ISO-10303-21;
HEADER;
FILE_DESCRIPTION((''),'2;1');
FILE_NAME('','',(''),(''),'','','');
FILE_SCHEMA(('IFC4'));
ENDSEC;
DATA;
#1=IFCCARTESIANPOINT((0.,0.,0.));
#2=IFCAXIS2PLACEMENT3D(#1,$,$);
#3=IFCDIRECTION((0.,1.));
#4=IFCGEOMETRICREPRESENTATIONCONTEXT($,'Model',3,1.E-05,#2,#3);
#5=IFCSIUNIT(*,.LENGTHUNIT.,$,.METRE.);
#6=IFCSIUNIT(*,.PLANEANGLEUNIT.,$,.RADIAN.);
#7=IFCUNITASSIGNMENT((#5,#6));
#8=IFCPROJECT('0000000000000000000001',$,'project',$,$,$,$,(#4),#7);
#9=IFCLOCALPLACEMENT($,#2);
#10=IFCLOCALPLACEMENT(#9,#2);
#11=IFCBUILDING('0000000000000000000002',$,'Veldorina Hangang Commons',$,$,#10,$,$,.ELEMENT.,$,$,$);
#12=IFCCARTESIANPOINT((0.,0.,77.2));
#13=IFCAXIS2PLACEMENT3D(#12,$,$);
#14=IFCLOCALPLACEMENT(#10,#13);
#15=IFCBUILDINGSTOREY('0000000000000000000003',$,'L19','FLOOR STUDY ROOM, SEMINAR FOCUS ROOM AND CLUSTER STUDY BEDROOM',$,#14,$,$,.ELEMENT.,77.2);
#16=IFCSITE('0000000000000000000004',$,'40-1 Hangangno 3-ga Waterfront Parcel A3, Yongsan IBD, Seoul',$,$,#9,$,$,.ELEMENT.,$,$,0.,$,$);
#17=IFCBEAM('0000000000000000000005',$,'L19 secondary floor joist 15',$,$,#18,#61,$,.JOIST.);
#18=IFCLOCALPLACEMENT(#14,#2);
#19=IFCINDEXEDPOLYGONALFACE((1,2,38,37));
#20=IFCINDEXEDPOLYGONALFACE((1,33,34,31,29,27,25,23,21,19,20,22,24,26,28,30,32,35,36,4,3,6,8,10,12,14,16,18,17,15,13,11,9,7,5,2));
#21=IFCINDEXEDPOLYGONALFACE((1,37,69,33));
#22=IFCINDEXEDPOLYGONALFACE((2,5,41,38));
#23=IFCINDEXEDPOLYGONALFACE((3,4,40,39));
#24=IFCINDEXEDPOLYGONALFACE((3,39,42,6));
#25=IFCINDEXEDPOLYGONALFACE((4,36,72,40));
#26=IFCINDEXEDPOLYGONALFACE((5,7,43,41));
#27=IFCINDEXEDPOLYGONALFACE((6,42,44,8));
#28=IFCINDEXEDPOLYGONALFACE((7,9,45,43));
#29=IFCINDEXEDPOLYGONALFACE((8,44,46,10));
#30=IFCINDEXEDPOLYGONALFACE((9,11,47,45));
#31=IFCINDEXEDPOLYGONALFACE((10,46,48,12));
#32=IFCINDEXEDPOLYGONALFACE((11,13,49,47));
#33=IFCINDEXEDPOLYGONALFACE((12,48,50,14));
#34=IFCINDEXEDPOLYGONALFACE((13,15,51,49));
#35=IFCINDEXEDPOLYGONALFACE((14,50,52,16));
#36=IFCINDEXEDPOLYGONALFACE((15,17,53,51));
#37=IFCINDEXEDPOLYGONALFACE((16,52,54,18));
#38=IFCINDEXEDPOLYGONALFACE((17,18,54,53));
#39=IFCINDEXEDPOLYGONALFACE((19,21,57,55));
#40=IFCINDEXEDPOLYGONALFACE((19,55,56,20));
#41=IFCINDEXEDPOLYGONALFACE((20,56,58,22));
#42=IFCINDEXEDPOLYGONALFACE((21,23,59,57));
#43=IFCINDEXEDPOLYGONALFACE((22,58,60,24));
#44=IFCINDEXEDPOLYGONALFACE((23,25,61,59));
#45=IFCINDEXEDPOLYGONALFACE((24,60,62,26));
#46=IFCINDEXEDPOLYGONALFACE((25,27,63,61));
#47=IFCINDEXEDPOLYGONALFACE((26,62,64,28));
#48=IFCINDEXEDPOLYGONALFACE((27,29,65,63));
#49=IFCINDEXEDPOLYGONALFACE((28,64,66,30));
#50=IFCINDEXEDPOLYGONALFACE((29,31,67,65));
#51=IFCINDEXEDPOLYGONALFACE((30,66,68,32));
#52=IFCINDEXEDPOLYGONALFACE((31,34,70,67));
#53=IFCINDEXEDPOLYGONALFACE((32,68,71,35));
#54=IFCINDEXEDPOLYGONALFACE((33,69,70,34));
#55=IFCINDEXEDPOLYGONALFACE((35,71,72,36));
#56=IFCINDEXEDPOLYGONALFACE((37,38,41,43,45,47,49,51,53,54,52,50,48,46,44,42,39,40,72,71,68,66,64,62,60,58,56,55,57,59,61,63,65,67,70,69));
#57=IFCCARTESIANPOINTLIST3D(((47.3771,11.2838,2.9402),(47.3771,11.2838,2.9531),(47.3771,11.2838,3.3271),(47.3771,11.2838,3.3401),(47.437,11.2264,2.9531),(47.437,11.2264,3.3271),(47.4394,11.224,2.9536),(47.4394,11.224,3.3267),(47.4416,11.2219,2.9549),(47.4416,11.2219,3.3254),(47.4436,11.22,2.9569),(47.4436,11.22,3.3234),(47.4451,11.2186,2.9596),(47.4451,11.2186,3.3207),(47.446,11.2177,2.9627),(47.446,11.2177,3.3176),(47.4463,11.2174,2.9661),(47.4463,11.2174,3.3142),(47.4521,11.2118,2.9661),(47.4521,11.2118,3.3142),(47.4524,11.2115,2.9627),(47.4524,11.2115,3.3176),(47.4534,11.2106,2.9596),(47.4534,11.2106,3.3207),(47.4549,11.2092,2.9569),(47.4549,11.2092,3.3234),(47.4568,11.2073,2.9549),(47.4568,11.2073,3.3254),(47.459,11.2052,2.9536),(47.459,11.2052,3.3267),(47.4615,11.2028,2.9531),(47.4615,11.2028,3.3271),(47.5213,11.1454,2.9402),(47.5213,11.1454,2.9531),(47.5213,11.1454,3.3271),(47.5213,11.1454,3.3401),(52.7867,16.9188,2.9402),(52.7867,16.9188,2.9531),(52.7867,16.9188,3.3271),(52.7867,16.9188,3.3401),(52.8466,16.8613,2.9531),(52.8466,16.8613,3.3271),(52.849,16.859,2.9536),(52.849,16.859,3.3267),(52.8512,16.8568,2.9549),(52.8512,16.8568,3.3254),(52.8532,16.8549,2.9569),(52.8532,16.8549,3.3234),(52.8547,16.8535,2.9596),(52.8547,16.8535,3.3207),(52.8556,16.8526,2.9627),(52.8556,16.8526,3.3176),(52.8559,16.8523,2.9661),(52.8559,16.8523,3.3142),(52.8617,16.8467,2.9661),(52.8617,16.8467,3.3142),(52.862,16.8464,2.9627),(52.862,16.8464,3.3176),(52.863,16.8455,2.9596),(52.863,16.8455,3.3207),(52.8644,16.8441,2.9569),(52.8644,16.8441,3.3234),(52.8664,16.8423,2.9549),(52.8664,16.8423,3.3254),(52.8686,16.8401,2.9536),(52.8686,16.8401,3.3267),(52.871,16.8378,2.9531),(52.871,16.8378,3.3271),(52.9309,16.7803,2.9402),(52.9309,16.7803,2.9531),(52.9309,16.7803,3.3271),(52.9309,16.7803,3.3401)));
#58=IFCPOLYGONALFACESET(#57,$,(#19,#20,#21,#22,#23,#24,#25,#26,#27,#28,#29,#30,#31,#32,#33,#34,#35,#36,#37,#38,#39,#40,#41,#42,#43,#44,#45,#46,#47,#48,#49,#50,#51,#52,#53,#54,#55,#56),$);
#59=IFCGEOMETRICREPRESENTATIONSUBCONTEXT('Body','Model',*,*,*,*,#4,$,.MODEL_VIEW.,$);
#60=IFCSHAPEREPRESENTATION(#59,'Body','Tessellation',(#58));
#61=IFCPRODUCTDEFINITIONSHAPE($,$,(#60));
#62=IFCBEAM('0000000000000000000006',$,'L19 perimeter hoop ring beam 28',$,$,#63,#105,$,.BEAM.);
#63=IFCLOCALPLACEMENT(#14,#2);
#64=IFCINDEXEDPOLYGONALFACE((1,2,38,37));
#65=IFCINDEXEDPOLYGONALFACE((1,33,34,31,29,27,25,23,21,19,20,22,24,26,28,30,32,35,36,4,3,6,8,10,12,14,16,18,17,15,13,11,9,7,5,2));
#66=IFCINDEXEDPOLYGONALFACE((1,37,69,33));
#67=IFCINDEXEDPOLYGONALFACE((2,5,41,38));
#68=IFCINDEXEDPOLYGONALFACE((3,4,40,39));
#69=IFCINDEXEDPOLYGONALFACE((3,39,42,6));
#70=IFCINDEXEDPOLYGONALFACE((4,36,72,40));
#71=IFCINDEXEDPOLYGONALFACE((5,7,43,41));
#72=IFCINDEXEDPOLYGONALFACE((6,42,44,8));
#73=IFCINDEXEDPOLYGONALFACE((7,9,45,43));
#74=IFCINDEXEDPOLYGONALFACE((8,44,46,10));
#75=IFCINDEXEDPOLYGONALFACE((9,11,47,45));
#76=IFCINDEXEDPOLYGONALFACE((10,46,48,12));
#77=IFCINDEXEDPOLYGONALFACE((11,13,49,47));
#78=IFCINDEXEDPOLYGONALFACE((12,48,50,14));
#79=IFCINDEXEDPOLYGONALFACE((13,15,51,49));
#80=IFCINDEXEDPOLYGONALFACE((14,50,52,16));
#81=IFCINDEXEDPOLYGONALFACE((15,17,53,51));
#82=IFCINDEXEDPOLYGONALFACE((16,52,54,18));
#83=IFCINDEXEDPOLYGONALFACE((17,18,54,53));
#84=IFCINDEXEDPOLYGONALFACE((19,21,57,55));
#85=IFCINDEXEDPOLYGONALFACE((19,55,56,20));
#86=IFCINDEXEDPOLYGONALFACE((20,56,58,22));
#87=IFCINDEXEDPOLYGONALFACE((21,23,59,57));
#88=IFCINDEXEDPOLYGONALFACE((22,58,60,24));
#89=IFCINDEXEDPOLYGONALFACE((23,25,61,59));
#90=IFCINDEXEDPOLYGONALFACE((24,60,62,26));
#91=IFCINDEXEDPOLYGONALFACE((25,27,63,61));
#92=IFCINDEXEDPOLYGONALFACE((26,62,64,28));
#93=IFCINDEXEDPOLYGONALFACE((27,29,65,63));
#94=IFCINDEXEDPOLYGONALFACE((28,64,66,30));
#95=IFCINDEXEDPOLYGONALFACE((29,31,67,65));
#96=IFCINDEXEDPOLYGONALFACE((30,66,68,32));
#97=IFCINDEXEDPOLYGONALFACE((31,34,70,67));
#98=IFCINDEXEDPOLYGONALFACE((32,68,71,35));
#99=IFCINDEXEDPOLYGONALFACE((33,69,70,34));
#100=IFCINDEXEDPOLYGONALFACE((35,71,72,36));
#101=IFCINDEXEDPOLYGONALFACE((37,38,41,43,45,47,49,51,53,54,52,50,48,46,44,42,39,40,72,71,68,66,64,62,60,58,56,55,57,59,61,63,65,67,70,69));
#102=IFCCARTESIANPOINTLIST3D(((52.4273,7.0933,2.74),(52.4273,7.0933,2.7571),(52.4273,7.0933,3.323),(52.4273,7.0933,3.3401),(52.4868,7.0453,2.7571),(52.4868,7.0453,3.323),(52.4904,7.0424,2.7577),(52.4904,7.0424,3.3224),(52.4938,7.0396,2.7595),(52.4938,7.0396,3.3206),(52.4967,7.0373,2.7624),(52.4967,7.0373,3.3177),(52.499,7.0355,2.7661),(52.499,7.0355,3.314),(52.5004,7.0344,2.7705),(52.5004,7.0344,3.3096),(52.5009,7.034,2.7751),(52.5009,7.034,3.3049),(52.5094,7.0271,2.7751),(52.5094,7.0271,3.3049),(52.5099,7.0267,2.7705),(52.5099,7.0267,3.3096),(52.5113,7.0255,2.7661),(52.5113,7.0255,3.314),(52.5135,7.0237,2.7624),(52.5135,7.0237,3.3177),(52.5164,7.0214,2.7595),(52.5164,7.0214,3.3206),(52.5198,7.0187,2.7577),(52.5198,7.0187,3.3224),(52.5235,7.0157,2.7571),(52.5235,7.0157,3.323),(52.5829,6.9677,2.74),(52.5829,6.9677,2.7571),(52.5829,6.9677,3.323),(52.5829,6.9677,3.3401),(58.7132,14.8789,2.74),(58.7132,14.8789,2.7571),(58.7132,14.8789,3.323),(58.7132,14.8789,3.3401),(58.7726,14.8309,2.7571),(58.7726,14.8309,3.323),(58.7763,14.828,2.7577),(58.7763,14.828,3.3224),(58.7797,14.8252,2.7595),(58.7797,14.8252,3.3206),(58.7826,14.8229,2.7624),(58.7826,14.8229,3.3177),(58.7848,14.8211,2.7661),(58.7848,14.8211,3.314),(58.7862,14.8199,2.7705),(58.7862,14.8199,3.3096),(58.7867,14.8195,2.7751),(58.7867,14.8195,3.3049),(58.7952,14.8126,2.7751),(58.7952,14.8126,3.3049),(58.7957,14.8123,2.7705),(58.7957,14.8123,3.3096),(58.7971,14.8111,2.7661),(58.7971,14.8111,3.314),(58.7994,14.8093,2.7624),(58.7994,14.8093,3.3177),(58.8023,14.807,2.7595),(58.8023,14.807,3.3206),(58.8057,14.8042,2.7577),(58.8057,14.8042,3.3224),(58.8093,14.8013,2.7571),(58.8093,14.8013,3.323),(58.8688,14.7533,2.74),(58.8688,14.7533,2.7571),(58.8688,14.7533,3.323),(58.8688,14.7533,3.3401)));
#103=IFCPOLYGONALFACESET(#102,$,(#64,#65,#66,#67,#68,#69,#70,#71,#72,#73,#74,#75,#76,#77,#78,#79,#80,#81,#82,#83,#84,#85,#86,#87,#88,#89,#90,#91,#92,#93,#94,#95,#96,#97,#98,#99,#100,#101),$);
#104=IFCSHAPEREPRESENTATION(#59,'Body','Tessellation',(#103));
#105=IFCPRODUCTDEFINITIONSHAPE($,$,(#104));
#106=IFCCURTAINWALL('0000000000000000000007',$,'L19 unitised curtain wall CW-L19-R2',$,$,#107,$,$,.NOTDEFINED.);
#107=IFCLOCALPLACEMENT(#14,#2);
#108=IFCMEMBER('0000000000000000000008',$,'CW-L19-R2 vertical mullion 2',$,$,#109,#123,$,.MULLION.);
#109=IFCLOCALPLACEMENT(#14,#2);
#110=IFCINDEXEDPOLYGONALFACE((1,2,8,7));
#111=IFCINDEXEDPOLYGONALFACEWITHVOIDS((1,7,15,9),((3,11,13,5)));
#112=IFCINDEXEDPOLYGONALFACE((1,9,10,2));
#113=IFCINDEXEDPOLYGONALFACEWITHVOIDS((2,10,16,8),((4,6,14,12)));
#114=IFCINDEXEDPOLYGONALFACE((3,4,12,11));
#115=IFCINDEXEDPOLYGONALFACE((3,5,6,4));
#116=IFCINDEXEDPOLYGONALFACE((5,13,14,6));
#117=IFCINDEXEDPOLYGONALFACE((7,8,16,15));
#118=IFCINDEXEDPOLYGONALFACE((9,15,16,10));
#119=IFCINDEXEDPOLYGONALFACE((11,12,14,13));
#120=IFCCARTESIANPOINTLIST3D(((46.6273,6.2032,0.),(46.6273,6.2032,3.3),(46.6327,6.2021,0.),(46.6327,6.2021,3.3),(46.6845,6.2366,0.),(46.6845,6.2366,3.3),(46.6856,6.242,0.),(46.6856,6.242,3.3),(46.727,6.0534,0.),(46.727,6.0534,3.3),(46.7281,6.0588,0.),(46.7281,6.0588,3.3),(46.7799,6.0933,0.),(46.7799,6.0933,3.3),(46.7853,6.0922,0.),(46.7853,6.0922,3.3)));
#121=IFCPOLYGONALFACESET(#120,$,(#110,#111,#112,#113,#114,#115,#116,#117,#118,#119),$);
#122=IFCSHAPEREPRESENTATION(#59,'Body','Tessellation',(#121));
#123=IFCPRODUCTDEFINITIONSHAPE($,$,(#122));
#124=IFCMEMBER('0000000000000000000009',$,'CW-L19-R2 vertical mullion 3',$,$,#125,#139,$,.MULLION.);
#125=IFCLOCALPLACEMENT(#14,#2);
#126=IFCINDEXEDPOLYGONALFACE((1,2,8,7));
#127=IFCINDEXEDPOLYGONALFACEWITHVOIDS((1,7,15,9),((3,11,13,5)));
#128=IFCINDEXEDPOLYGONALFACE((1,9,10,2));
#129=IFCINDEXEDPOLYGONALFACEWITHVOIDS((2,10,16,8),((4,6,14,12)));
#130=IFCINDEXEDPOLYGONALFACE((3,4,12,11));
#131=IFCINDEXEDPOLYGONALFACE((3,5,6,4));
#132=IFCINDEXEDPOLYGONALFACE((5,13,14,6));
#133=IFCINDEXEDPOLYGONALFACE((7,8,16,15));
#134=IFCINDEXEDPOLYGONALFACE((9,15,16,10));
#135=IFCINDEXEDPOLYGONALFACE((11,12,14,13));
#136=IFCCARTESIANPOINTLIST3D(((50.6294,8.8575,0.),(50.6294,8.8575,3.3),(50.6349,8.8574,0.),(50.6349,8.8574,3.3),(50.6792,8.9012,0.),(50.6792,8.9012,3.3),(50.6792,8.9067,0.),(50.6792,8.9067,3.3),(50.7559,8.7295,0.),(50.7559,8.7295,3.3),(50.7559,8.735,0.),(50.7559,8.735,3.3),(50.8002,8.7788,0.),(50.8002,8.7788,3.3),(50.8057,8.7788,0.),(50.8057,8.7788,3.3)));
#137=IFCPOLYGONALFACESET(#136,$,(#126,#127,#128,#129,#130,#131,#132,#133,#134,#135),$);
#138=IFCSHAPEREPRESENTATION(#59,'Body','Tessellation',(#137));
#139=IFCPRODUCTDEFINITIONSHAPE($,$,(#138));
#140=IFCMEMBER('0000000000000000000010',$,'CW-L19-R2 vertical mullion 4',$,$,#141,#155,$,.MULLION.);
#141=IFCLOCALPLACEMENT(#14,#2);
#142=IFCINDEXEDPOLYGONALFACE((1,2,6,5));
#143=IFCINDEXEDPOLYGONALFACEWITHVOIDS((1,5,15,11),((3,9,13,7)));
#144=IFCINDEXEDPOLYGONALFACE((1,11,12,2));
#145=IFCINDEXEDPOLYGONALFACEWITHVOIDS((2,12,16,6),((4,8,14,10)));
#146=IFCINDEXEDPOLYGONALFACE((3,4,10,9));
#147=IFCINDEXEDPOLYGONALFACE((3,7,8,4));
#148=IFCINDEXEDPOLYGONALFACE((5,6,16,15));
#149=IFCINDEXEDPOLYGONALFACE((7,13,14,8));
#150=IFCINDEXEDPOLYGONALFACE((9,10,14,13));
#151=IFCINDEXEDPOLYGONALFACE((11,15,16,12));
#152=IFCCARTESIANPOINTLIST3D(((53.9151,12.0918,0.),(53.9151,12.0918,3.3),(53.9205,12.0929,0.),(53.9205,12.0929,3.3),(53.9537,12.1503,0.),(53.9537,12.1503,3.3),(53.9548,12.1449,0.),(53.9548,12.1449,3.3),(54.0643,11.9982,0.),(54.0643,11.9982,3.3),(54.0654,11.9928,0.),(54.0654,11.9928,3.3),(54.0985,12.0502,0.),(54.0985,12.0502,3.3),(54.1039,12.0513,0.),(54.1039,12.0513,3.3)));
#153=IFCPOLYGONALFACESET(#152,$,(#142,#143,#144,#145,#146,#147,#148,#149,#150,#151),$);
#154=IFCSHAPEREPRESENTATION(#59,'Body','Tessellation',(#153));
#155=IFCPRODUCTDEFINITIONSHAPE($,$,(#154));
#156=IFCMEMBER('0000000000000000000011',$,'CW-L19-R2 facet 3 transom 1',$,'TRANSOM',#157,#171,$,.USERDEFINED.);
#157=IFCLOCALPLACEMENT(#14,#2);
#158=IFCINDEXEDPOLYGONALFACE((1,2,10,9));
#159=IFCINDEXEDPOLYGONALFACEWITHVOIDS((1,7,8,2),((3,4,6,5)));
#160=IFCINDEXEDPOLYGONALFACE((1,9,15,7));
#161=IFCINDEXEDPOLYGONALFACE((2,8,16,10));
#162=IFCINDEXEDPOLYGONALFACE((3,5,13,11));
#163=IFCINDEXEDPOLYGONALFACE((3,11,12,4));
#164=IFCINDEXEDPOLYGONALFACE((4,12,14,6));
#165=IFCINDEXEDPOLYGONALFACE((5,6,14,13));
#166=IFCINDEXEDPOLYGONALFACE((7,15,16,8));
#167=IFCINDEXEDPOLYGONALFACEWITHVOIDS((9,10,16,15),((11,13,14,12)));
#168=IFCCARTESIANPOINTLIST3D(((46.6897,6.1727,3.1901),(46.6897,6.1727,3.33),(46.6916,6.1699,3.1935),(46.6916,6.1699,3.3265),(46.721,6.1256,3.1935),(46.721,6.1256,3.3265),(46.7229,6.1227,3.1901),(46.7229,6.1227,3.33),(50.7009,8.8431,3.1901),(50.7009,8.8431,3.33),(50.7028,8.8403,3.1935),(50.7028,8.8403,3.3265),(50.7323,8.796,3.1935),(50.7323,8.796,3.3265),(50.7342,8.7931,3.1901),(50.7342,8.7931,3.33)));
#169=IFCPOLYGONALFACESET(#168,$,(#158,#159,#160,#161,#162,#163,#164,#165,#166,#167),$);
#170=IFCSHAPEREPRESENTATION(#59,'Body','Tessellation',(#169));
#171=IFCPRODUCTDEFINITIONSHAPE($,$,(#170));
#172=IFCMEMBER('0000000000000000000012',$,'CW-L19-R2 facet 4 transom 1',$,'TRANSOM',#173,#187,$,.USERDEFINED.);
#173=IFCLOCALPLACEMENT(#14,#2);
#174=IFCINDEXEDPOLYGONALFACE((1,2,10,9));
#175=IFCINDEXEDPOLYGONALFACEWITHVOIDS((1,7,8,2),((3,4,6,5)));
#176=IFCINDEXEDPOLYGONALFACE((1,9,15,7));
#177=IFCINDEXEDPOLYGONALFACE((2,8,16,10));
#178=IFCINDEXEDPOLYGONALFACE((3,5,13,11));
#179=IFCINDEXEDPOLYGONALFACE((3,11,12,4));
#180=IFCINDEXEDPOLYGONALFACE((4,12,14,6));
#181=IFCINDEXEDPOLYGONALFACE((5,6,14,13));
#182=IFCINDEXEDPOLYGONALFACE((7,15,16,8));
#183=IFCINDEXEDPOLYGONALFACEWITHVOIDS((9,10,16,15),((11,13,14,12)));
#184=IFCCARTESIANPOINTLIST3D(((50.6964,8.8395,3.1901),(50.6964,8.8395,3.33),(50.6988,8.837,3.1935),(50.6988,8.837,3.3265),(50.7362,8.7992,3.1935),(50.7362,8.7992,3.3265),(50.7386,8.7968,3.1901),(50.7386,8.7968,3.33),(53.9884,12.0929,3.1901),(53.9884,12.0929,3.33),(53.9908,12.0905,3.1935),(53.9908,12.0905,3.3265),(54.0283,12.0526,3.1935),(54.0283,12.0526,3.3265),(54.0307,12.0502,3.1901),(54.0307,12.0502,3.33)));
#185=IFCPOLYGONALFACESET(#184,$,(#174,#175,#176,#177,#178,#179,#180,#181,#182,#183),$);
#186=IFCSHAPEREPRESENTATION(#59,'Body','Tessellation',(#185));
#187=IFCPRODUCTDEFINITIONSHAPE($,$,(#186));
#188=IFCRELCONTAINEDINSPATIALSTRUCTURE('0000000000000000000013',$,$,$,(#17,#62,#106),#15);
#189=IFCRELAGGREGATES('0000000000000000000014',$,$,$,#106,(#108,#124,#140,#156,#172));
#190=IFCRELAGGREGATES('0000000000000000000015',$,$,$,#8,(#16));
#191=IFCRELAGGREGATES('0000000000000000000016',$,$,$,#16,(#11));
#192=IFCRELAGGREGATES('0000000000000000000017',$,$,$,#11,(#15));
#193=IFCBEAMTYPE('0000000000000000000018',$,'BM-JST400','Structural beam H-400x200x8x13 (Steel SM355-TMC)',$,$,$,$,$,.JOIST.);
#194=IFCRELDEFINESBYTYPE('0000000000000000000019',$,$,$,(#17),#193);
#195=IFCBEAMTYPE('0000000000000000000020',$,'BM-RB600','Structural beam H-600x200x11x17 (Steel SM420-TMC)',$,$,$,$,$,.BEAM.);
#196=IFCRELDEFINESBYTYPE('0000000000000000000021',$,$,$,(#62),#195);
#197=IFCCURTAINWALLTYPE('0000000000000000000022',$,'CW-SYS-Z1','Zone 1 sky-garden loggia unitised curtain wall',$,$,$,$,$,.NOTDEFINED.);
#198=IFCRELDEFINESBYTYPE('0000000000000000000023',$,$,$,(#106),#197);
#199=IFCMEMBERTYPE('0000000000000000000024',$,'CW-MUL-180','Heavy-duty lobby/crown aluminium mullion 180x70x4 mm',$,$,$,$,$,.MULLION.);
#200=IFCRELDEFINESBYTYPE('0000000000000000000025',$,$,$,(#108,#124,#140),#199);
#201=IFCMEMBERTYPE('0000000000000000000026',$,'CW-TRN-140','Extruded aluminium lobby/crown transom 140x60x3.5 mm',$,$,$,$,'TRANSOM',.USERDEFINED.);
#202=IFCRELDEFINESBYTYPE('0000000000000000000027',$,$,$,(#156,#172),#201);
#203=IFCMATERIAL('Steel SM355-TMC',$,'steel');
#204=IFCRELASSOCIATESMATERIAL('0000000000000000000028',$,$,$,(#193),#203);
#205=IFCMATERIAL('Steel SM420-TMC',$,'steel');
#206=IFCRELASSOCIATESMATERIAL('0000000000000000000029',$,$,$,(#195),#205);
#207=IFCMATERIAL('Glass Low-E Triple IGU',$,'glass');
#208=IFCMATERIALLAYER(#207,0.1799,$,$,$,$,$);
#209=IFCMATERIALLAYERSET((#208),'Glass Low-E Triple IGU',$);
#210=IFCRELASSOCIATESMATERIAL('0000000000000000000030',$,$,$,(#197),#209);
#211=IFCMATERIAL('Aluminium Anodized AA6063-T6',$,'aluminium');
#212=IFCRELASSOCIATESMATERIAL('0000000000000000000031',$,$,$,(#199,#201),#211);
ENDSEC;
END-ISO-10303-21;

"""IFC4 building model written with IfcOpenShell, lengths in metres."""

from ifc_helpers import new_model, si_unit, direction, frame, origin, origin_2d, place, context, subcontext, project, spatial, hollow_rectangle, i_section, extrude, material, layer, layer_set, material_profile, profile_set, type_object, element, aggregate, save


model = new_model("IFC4")

# Units and contexts
model_context = context("Model", 3, precision=1e-05, world=origin(), true_north=direction((0.0, 1.0)))
body_context = subcontext(model_context, "Body", "Model", "MODEL_VIEW")
ifc_project = project(units=[si_unit("LENGTHUNIT", "METRE"), si_unit("PLANEANGLEUNIT", "RADIAN")], contexts=[model_context])

# Site, building, storey
site_placement = place(None, origin())
site = spatial("IfcSite", under=ifc_project, at=site_placement, Name="40-1 Hangangno 3-ga Waterfront Parcel A3, Yongsan IBD, Seoul", CompositionType="ELEMENT", RefElevation=0.0)
building_placement = place(site_placement, origin())
building = spatial("IfcBuilding", under=site, at=building_placement, Name="Veldorina Hangang Commons", CompositionType="ELEMENT")
storey_placement = place(building_placement, frame((0.0, 0.0, 77.2)))
storey = spatial("IfcBuildingStorey", under=building, at=storey_placement, Name="L19", Description="FLOOR STUDY ROOM, SEMINAR FOCUS ROOM AND CLUSTER STUDY BEDROOM", CompositionType="ELEMENT", Elevation=77.2)

# Beams
ifc_material_1 = material(Name="Steel SM355-TMC", Category="steel")
ifc_material_profile_1 = material_profile(ifc_material_1, i_section(OverallWidth=0.2, OverallDepth=0.3999, WebThickness=0.0081, FlangeThickness=0.0129, FilletRadius=0.0129, at=origin_2d()), Name="H-400x200x8x13")
ifc_profile_set_1 = profile_set([ifc_material_profile_1], Name="Steel SM355-TMC")
beam_type_1 = type_object("IfcBeamType", Name="BM-JST400", Description="Structural beam H-400x200x8x13 (Steel SM355-TMC)", PredefinedType="JOIST", material=ifc_profile_set_1)
beam_1_placement = place(storey_placement, frame((47.4492, 11.2146, 3.1401), z_axis=(0.692536, 0.721384, 0.0), x_axis=(-0.721384, 0.692536, 0.0)))
element("IfcBeam", 1, at=beam_1_placement, inside=storey, type_object=beam_type_1, Name="L19 secondary floor joist 15", PredefinedType="JOIST", context=body_context, shape_type="SweptSolid", body=[
    extrude(i_section(OverallWidth=0.2, OverallDepth=0.3999, WebThickness=0.0081, FlangeThickness=0.0129, FilletRadius=0.0129, at=origin_2d()), origin(), (0.0, 0.0, 1.0), 7.8113),
])
ifc_material_2 = material(Name="Steel SM420-TMC", Category="steel")
ifc_material_profile_2 = material_profile(ifc_material_2, i_section(OverallWidth=0.2, OverallDepth=0.6001, WebThickness=0.011, FlangeThickness=0.0171, FilletRadius=0.0181, at=origin_2d()), Name="H-600x200x11x17")
ifc_profile_set_2 = profile_set([ifc_material_profile_2], Name="Steel SM420-TMC")
beam_type_2 = type_object("IfcBeamType", Name="BM-RB600", Description="Structural beam H-600x200x11x17 (Steel SM420-TMC)", PredefinedType="BEAM", material=ifc_profile_set_2)
beam_2_placement = place(storey_placement, frame((52.5051, 7.0305, 3.04), z_axis=(0.628185, 0.778064, 0.0), x_axis=(-0.778064, 0.628185, 0.0)))
element("IfcBeam", 2, at=beam_2_placement, inside=storey, type_object=beam_type_2, Name="L19 perimeter hoop ring beam 28", PredefinedType="BEAM", context=body_context, shape_type="SweptSolid", body=[
    extrude(i_section(OverallWidth=0.2, OverallDepth=0.6001, WebThickness=0.011, FlangeThickness=0.0171, FilletRadius=0.0181, at=origin_2d()), origin(), (0.0, 0.0, 1.0), 10.0063),
])

# Curtain wall, members
ifc_material_3 = material(Name="Glass Low-E Triple IGU", Category="glass")
ifc_layer_1 = layer(ifc_material_3, 0.1799)
ifc_layer_set_1 = layer_set([ifc_layer_1], Name="Glass Low-E Triple IGU")
curtain_wall_type = type_object("IfcCurtainWallType", Name="CW-SYS-Z1", Description="Zone 1 sky-garden loggia unitised curtain wall", PredefinedType="NOTDEFINED", material=ifc_layer_set_1)
curtain_wall_placement = place(storey_placement, origin())
curtain_wall = element("IfcCurtainWall", 3, at=curtain_wall_placement, inside=storey, type_object=curtain_wall_type, Name="L19 unitised curtain wall CW-L19-R2", PredefinedType="NOTDEFINED")
ifc_material_4 = material(Name="Aluminium Anodized AA6063-T6", Category="aluminium")
ifc_material_profile_3 = material_profile(ifc_material_4, hollow_rectangle(XDim=0.0701, YDim=0.1799, WallThickness=0.0039, at=origin_2d()), Name="ALU-RHS-180x70x4")
ifc_profile_set_3 = profile_set([ifc_material_profile_3], Name="Aluminium Anodized AA6063-T6")
member_type_1 = type_object("IfcMemberType", Name="CW-MUL-180", Description="Heavy-duty lobby/crown aluminium mullion 180x70x4 mm", PredefinedType="MULLION", material=ifc_profile_set_3)
member_1_placement = place(storey_placement, frame((46.7063, 6.1477, 0.0), z_axis=(0.0, 0.0, 1.0), x_axis=(0.832428, 0.554133, 0.0)))
member_1 = element("IfcMember", 4, at=member_1_placement, type_object=member_type_1, Name="CW-L19-R2 vertical mullion 2", PredefinedType="MULLION", context=body_context, shape_type="SweptSolid", body=[
    extrude(hollow_rectangle(XDim=0.0701, YDim=0.1799, WallThickness=0.0039, at=origin_2d()), origin(), (0.0, 0.0, 1.0), 3.3),
])
member_2_placement = place(storey_placement, frame((50.7175, 8.8181, 0.0), z_axis=(0.0, 0.0, 1.0), x_axis=(0.711241, 0.702948, 0.0)))
member_2 = element("IfcMember", 5, at=member_2_placement, type_object=member_type_1, Name="CW-L19-R2 vertical mullion 3", PredefinedType="MULLION", context=body_context, shape_type="SweptSolid", body=[
    extrude(hollow_rectangle(XDim=0.0701, YDim=0.1799, WallThickness=0.0039, at=origin_2d()), origin(), (0.0, 0.0, 1.0), 3.3),
])
member_3_placement = place(storey_placement, frame((54.0095, 12.0715, 0.0), z_axis=(0.0, 0.0, 1.0), x_axis=(0.550248, 0.835002, 0.0)))
member_3 = element("IfcMember", 6, at=member_3_placement, type_object=member_type_1, Name="CW-L19-R2 vertical mullion 4", PredefinedType="MULLION", context=body_context, shape_type="SweptSolid", body=[
    extrude(hollow_rectangle(XDim=0.0701, YDim=0.1799, WallThickness=0.0039, at=origin_2d()), origin(), (0.0, 0.0, 1.0), 3.3),
])
ifc_material_profile_4 = material_profile(ifc_material_4, hollow_rectangle(XDim=0.0601, YDim=0.1399, WallThickness=0.0034, at=origin_2d()), Name="ALU-RHS-140x60x3.5")
ifc_profile_set_4 = profile_set([ifc_material_profile_4], Name="Aluminium Anodized AA6063-T6")
member_type_2 = type_object("IfcMemberType", Name="CW-TRN-140", Description="Extruded aluminium lobby/crown transom 140x60x3.5 mm", ElementType="TRANSOM", PredefinedType="USERDEFINED", material=ifc_profile_set_4)
member_4_placement = place(storey_placement, frame((46.7063, 6.1477, 3.26), z_axis=(0.832409, 0.554162, 0.0), x_axis=(-0.554162, 0.832409, 0.0)))
member_4 = element("IfcMember", 7, at=member_4_placement, type_object=member_type_2, Name="CW-L19-R2 facet 3 transom 1", ObjectType="TRANSOM", PredefinedType="USERDEFINED", context=body_context, shape_type="SweptSolid", body=[
    extrude(hollow_rectangle(XDim=0.0601, YDim=0.1399, WallThickness=0.0034, at=origin_2d()), origin(), (0.0, 0.0, 1.0), 4.8188),
])
member_5_placement = place(storey_placement, frame((50.7175, 8.8181, 3.26), z_axis=(0.711262, 0.702927, 0.0), x_axis=(-0.702927, 0.711262, 0.0)))
member_5 = element("IfcMember", 8, at=member_5_placement, type_object=member_type_2, Name="CW-L19-R2 facet 4 transom 1", ObjectType="TRANSOM", PredefinedType="USERDEFINED", context=body_context, shape_type="SweptSolid", body=[
    extrude(hollow_rectangle(XDim=0.0601, YDim=0.1399, WallThickness=0.0034, at=origin_2d()), origin(), (0.0, 0.0, 1.0), 4.6284),
])

aggregate(curtain_wall, [member_1, member_2, member_3, member_4, member_5])

save(model, "model.ifc")
